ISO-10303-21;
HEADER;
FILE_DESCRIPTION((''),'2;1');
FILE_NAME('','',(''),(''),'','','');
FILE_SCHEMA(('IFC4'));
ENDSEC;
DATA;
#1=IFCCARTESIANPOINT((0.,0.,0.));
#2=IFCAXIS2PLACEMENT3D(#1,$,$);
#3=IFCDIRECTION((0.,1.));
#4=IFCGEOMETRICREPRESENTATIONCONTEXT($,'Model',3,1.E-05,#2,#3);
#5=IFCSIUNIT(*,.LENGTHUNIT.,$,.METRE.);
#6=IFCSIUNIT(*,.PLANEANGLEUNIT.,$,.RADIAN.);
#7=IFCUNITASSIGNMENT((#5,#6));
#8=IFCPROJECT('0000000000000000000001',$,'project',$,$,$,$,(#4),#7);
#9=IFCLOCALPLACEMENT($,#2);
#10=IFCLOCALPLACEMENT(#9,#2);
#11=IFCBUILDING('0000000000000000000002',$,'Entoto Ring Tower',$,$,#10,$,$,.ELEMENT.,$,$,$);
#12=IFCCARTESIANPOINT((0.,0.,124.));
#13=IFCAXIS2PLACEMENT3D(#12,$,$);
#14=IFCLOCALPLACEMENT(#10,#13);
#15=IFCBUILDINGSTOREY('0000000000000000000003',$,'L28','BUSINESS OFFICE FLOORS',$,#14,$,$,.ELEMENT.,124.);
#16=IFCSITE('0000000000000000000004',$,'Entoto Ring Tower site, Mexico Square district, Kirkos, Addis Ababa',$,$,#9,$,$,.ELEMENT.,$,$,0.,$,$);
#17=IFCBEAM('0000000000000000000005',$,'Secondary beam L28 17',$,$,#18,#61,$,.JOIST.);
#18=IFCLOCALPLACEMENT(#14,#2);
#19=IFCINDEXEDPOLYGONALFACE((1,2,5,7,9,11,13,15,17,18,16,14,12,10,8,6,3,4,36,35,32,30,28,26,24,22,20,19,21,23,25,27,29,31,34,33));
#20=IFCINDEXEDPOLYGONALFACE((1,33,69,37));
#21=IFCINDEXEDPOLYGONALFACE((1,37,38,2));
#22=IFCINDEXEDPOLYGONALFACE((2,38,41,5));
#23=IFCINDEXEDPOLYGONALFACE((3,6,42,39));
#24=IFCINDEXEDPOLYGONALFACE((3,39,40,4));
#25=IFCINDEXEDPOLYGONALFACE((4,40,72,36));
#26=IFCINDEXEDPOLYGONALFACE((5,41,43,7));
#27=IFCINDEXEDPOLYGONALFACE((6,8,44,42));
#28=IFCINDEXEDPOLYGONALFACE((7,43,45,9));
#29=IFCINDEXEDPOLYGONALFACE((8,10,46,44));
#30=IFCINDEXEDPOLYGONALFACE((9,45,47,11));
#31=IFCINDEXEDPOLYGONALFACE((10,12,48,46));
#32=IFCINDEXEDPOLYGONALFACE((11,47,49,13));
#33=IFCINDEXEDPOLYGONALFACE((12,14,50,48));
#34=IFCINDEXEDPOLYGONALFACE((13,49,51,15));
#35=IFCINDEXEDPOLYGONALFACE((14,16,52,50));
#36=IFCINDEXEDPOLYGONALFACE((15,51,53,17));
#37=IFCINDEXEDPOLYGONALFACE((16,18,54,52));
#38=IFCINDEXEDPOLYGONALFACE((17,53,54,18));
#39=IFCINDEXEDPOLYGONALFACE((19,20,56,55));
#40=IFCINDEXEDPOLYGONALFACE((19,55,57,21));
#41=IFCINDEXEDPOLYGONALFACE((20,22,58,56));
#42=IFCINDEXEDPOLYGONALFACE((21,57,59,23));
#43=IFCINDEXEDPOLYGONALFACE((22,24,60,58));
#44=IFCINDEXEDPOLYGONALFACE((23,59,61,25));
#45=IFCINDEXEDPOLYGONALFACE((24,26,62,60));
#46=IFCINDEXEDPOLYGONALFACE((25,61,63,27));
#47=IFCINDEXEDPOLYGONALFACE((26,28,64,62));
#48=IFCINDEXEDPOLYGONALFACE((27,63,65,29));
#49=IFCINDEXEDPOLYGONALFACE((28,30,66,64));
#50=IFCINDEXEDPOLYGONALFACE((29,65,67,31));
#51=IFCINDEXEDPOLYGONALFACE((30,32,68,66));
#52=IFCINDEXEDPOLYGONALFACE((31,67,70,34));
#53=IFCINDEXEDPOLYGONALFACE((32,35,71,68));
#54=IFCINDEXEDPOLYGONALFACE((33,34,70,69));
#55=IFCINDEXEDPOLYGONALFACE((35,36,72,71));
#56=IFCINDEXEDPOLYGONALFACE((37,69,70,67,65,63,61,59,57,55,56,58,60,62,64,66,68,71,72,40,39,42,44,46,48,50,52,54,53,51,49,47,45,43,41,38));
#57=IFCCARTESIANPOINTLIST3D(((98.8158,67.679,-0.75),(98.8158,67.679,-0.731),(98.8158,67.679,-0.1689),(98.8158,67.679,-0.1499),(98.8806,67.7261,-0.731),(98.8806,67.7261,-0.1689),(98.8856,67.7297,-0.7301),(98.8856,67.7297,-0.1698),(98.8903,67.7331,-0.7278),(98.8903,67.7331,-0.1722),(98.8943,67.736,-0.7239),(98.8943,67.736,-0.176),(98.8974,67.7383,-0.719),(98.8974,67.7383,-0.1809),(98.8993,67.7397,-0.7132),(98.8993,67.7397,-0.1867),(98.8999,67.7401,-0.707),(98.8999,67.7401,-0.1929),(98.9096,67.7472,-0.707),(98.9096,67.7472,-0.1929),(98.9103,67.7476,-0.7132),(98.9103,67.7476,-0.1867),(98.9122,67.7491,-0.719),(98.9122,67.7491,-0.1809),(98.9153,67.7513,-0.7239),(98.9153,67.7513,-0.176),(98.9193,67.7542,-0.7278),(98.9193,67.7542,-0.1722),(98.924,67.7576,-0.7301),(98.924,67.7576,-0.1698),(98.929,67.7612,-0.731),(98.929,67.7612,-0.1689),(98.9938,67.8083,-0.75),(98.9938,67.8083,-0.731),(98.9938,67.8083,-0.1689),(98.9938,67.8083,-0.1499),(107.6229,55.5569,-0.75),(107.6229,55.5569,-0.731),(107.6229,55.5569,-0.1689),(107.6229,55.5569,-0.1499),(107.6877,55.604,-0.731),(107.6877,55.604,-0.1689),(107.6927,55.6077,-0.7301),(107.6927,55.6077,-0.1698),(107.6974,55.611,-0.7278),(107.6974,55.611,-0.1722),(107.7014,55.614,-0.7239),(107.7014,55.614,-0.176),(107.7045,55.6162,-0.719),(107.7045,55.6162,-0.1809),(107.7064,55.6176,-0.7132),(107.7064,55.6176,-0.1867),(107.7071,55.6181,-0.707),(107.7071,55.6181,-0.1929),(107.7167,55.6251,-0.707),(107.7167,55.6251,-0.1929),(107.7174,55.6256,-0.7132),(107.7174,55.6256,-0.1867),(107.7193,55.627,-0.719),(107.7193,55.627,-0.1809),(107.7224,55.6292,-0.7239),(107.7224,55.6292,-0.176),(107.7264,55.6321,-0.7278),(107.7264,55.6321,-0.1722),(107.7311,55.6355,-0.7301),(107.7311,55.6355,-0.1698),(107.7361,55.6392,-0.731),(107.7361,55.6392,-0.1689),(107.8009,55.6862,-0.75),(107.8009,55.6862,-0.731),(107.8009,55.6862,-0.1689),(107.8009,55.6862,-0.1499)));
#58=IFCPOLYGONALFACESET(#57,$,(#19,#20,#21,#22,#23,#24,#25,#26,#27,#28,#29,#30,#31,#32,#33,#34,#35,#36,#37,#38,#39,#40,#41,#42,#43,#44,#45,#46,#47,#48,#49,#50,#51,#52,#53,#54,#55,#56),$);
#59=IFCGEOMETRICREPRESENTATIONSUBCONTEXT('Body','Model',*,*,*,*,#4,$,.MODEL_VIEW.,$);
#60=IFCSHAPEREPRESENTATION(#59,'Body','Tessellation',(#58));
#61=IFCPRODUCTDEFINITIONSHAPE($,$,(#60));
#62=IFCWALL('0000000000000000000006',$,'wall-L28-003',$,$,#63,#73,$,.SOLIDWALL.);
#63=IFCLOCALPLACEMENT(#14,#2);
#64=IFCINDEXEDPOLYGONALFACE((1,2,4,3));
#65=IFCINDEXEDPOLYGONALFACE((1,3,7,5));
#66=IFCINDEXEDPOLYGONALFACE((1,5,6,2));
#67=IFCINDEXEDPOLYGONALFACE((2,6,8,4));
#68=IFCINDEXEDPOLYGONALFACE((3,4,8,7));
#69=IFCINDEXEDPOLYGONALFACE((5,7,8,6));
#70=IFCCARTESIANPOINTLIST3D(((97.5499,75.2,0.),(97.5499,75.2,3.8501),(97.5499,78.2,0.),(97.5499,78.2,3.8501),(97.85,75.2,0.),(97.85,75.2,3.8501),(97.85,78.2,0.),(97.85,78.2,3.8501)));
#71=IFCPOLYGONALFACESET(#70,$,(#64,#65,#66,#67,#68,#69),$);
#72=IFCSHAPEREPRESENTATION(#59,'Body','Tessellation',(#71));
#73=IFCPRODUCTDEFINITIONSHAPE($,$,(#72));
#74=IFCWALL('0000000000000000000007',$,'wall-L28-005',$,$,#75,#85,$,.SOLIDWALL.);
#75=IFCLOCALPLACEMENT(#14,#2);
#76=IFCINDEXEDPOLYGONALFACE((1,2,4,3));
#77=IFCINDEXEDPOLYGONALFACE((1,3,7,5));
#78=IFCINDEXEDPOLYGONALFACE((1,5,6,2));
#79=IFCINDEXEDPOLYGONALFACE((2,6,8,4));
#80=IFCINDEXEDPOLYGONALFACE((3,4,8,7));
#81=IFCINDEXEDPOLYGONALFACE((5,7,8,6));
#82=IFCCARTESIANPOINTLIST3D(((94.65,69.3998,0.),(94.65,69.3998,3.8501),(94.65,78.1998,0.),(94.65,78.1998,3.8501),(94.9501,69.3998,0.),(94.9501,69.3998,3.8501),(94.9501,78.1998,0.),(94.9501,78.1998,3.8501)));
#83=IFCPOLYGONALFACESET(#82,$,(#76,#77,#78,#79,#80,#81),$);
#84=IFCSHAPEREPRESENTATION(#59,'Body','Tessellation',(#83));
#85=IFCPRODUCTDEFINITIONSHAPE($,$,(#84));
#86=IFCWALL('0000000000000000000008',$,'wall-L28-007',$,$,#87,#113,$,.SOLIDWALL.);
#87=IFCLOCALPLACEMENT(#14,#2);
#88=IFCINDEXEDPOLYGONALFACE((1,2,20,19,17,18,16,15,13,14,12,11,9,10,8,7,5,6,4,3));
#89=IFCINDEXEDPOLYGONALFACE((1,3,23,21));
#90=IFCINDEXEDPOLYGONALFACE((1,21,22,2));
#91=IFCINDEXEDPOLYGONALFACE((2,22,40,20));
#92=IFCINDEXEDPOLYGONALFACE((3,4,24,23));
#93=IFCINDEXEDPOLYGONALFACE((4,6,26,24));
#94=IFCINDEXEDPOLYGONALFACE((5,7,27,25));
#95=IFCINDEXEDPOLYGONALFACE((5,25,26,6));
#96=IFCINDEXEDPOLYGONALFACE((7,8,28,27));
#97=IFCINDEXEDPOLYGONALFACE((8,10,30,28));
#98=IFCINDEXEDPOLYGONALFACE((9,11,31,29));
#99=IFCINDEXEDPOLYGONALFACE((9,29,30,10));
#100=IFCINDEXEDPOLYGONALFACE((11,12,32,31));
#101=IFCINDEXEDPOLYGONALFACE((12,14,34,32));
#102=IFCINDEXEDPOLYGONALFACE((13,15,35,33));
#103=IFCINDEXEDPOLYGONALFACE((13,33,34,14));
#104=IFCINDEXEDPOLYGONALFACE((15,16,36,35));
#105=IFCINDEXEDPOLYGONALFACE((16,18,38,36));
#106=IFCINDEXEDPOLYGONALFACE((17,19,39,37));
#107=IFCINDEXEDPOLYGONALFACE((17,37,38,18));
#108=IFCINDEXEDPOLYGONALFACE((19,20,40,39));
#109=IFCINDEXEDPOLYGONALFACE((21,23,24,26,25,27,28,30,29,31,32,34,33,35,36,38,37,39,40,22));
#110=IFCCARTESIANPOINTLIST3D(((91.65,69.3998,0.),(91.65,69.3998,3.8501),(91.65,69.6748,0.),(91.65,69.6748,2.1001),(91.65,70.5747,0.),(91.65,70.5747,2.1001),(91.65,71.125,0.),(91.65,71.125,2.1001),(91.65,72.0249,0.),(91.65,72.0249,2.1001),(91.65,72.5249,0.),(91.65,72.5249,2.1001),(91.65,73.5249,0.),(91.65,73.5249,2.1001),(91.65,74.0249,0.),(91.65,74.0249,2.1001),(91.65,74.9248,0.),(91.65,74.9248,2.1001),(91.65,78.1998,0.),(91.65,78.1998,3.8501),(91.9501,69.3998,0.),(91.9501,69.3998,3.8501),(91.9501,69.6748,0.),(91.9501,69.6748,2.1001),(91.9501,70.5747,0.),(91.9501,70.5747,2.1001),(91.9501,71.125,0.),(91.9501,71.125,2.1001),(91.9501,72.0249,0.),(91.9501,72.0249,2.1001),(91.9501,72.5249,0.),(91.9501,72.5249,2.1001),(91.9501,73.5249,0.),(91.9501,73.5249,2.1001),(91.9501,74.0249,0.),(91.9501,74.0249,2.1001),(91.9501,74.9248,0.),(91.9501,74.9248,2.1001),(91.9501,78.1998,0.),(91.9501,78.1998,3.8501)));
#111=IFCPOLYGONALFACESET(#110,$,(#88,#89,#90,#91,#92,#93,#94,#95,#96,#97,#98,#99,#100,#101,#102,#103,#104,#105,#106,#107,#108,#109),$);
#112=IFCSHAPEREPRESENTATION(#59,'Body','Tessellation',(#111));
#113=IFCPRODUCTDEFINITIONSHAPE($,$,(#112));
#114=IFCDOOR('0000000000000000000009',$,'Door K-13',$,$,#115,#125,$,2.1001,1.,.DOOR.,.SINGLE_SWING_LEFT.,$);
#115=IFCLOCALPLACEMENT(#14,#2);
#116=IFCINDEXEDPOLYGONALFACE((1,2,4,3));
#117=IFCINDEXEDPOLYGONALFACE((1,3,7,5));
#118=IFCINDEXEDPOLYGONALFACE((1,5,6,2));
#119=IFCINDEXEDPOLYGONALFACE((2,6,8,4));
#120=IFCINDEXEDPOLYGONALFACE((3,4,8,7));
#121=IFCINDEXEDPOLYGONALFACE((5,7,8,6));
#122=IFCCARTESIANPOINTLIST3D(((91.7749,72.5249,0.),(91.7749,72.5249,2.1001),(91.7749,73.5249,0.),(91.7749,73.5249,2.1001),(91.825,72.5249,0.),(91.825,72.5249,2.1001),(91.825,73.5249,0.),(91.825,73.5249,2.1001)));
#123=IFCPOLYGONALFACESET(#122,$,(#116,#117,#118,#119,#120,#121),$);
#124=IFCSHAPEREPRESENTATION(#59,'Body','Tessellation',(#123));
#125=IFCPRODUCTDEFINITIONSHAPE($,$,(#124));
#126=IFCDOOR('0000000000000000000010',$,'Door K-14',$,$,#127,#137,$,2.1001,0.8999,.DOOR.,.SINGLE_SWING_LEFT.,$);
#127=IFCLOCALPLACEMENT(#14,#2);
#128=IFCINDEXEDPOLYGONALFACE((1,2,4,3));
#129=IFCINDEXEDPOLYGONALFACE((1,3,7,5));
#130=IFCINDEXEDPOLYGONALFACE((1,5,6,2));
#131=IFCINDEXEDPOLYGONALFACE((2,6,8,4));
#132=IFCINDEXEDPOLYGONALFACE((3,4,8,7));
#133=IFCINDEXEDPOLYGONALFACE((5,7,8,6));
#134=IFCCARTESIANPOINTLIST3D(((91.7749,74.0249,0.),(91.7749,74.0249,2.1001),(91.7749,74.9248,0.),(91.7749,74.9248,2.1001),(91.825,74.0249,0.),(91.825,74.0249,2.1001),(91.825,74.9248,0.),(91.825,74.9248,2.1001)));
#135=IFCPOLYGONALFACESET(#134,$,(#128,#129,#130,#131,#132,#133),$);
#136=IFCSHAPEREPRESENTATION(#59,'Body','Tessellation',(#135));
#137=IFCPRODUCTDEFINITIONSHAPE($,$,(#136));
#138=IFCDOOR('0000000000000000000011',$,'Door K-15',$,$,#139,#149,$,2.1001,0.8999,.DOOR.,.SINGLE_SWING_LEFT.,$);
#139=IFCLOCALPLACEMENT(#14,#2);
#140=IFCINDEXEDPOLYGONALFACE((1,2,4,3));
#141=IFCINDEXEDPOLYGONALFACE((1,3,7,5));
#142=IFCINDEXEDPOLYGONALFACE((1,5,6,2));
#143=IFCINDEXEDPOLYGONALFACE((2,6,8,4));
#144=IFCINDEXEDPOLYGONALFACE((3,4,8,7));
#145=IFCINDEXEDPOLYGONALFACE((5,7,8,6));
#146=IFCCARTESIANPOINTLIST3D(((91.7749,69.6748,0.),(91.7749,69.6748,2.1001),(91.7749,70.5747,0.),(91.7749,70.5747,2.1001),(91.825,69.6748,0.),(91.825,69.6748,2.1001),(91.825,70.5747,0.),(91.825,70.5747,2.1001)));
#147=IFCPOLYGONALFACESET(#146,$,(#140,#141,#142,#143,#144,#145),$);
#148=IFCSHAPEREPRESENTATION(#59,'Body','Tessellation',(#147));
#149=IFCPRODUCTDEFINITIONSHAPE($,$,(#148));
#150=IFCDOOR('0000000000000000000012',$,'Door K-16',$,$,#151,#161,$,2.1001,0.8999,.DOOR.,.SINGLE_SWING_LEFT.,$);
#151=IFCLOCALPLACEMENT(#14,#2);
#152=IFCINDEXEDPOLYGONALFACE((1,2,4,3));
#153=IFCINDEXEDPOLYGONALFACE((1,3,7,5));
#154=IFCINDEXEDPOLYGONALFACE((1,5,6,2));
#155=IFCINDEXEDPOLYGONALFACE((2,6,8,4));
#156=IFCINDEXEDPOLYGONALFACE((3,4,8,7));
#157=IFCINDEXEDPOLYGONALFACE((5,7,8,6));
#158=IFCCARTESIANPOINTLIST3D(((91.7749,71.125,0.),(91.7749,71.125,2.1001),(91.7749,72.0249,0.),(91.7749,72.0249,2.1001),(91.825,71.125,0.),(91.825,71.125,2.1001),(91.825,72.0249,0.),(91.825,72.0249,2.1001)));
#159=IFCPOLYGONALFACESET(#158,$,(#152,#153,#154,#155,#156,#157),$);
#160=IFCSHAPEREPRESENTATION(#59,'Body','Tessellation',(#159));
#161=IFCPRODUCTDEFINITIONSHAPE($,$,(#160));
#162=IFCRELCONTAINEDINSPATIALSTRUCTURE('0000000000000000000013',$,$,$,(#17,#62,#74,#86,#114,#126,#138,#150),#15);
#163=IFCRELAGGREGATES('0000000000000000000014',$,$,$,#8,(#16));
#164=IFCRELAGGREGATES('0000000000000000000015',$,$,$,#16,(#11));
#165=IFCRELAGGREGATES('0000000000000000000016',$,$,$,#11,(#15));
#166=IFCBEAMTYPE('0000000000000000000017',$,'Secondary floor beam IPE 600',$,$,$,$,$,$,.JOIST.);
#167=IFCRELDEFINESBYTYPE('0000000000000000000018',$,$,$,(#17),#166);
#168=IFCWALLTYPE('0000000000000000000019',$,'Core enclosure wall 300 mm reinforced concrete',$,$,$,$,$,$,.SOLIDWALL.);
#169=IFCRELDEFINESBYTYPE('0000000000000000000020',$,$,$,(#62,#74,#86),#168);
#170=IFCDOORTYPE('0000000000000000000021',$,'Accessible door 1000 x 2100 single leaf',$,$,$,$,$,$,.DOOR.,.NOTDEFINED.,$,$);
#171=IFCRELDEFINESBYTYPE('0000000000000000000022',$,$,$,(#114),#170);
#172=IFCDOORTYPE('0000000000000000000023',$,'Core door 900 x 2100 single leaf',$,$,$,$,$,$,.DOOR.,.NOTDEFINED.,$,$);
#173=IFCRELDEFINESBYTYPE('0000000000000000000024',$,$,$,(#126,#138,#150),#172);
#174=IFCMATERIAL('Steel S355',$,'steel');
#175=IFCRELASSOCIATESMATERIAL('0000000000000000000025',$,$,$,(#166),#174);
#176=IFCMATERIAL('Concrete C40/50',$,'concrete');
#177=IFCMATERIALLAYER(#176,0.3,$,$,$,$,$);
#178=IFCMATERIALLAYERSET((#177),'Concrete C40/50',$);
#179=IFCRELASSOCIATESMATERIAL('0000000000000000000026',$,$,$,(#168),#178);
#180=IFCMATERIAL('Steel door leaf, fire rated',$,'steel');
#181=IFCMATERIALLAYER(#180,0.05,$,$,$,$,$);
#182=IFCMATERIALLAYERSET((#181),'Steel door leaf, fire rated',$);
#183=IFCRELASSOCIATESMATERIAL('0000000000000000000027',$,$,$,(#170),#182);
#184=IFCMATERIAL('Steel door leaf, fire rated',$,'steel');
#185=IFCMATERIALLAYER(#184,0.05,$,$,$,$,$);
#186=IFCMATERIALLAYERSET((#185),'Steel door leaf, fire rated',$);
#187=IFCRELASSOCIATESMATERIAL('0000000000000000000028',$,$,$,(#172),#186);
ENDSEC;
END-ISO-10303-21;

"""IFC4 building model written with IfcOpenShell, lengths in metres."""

from ifc_helpers import new_model, si_unit, direction, frame, frame_2d, origin, origin_2d, place, context, subcontext, project, spatial, rectangle, i_section, extrude, material, layer, layer_set, material_profile, profile_set, type_object, element, fill, save


model = new_model("IFC4")

# Units and contexts
model_context = context("Model", 3, precision=1e-05, world=origin(), true_north=direction((0.0, 1.0)))
body_context = subcontext(model_context, "Body", "Model", "MODEL_VIEW")
ifc_project = project(units=[si_unit("LENGTHUNIT", "METRE"), si_unit("PLANEANGLEUNIT", "RADIAN")], contexts=[model_context])

# Site, building, storey
site_placement = place(None, origin())
site = spatial("IfcSite", under=ifc_project, at=site_placement, Name="Entoto Ring Tower site, Mexico Square district, Kirkos, Addis Ababa", CompositionType="ELEMENT", RefElevation=0.0)
building_placement = place(site_placement, origin())
building = spatial("IfcBuilding", under=site, at=building_placement, Name="Entoto Ring Tower", CompositionType="ELEMENT")
storey_placement = place(building_placement, frame((0.0, 0.0, 124.0)))
storey = spatial("IfcBuildingStorey", under=building, at=storey_placement, Name="L28", Description="BUSINESS OFFICE FLOORS", CompositionType="ELEMENT", Elevation=124.0)

# Beam
ifc_material_1 = material(Name="Steel S355", Category="steel")
ifc_material_profile = material_profile(ifc_material_1, i_section(OverallWidth=0.22, OverallDepth=0.6001, WebThickness=0.012, FlangeThickness=0.019, FilletRadius=0.0239, at=origin_2d()), Name="IPE 600")
ifc_profile_set = profile_set([ifc_material_profile], Name="Steel S355")
beam_type = type_object("IfcBeamType", Name="Secondary floor beam IPE 600", PredefinedType="JOIST", material=ifc_profile_set)
beam_placement = place(storey_placement, frame((98.9048, 67.7437, -0.45), z_axis=(0.587782, -0.809019, 0.0), x_axis=(0.809019, 0.587782, 0.0)))
element("IfcBeam", 1, at=beam_placement, inside=storey, type_object=beam_type, Name="Secondary beam L28 17", PredefinedType="JOIST", context=body_context, shape_type="SweptSolid", body=[
    extrude(i_section(OverallWidth=0.22, OverallDepth=0.6001, WebThickness=0.012, FlangeThickness=0.019, FilletRadius=0.0239, at=origin_2d()), origin(), (0.0, 0.0, 1.0), 14.9836),
])

# Walls
ifc_material_2 = material(Name="Concrete C40/50", Category="concrete")
ifc_layer_1 = layer(ifc_material_2, 0.3)
ifc_layer_set_1 = layer_set([ifc_layer_1], Name="Concrete C40/50")
wall_type = type_object("IfcWallType", Name="Core enclosure wall 300 mm reinforced concrete", PredefinedType="SOLIDWALL", material=ifc_layer_set_1)
wall_1_placement = place(storey_placement, frame((97.7, 75.2, 0.0), z_axis=(0.0, 0.0, 1.0), x_axis=(0.0, 1.0, 0.0)))
element("IfcWall", 2, at=wall_1_placement, inside=storey, type_object=wall_type, Name="wall-L28-003", PredefinedType="SOLIDWALL", context=body_context, shape_type="SweptSolid", body=[
    extrude(rectangle(XDim=3.0, YDim=0.3, at=frame_2d((1.5, 0.0))), origin(), (0.0, 0.0, 1.0), 3.8501),
])
wall_2_placement = place(storey_placement, frame((94.8, 69.3999, 0.0), z_axis=(0.0, 0.0, 1.0), x_axis=(0.0, 1.0, 0.0)))
element("IfcWall", 3, at=wall_2_placement, inside=storey, type_object=wall_type, Name="wall-L28-005", PredefinedType="SOLIDWALL", context=body_context, shape_type="SweptSolid", body=[
    extrude(rectangle(XDim=8.8, YDim=0.3, at=frame_2d((4.3999, 0.0))), origin(), (0.0, 0.0, 1.0), 3.8501),
])

# Wall, openings, doors
wall_3_placement = place(storey_placement, frame((91.8, 69.3999, 0.0), z_axis=(0.0, 0.0, 1.0), x_axis=(0.0, 1.0, 0.0)))
wall_3 = element("IfcWall", 4, at=wall_3_placement, inside=storey, type_object=wall_type, Name="wall-L28-007", PredefinedType="SOLIDWALL", context=body_context, shape_type="SweptSolid", body=[
    extrude(rectangle(XDim=8.8, YDim=0.3, at=frame_2d((4.3999, 0.0))), origin(), (0.0, 0.0, 1.0), 3.8501),
])
opening_1_placement = place(wall_3_placement, frame((3.125, 0.0, 0.0)))
opening_1 = element("IfcOpeningElement", 5, at=opening_1_placement, cuts=wall_3, PredefinedType="OPENING", context=body_context, shape_type="SweptSolid", body=[
    extrude(rectangle(XDim=1.0, YDim=2.1001, at=frame_2d((0.5, 1.05))), frame((0.0, 0.1602, 0.0), z_axis=(0.0, -1.0, 0.0), x_axis=(1.0, 0.0, 0.0)), (0.0, 0.0, 1.0), 0.3201),
])
opening_2_placement = place(wall_3_placement, frame((4.625, 0.0, 0.0)))
opening_2 = element("IfcOpeningElement", 6, at=opening_2_placement, cuts=wall_3, PredefinedType="OPENING", context=body_context, shape_type="SweptSolid", body=[
    extrude(rectangle(XDim=0.8999, YDim=2.1001, at=frame_2d((0.45, 1.05))), frame((0.0, 0.1602, 0.0), z_axis=(0.0, -1.0, 0.0), x_axis=(1.0, 0.0, 0.0)), (0.0, 0.0, 1.0), 0.3201),
])
opening_3_placement = place(wall_3_placement, frame((0.2749, 0.0, 0.0)))
opening_3 = element("IfcOpeningElement", 7, at=opening_3_placement, cuts=wall_3, PredefinedType="OPENING", context=body_context, shape_type="SweptSolid", body=[
    extrude(rectangle(XDim=0.8999, YDim=2.1001, at=frame_2d((0.45, 1.05))), frame((0.0, 0.1602, 0.0), z_axis=(0.0, -1.0, 0.0), x_axis=(1.0, 0.0, 0.0)), (0.0, 0.0, 1.0), 0.3201),
])
opening_4_placement = place(wall_3_placement, frame((1.7251, 0.0, 0.0)))
opening_4 = element("IfcOpeningElement", 8, at=opening_4_placement, cuts=wall_3, PredefinedType="OPENING", context=body_context, shape_type="SweptSolid", body=[
    extrude(rectangle(XDim=0.8999, YDim=2.1001, at=frame_2d((0.45, 1.05))), frame((0.0, 0.1602, 0.0), z_axis=(0.0, -1.0, 0.0), x_axis=(1.0, 0.0, 0.0)), (0.0, 0.0, 1.0), 0.3201),
])
ifc_material_3 = material(Name="Steel door leaf, fire rated", Category="steel")
ifc_layer_2 = layer(ifc_material_3, 0.05)
ifc_layer_set_2 = layer_set([ifc_layer_2], Name="Steel door leaf, fire rated")
door_type_1 = type_object("IfcDoorType", Name="Accessible door 1000 x 2100 single leaf", OperationType="NOTDEFINED", PredefinedType="DOOR", material=ifc_layer_set_2)
door_1_placement = place(opening_1_placement, frame((1.0, 0.0, 0.0), z_axis=(0.0, 0.0, 1.0), x_axis=(-1.0, 0.0, 0.0)))
door_1 = element("IfcDoor", 9, at=door_1_placement, inside=storey, type_object=door_type_1, Name="Door K-13", OperationType="SINGLE_SWING_LEFT", OverallHeight=2.1001, OverallWidth=1.0, PredefinedType="DOOR", context=body_context, shape_type="SweptSolid", body=[
    extrude(rectangle(XDim=1.0, YDim=2.1001, at=frame_2d((0.5, 1.05))), frame((0.0, 0.0249, 0.0), z_axis=(0.0, -1.0, 0.0), x_axis=(1.0, 0.0, 0.0)), (0.0, 0.0, 1.0), 0.05),
])
fill(opening_1, door_1)
ifc_material_4 = material(Name="Steel door leaf, fire rated", Category="steel")
ifc_layer_3 = layer(ifc_material_4, 0.05)
ifc_layer_set_3 = layer_set([ifc_layer_3], Name="Steel door leaf, fire rated")
door_type_2 = type_object("IfcDoorType", Name="Core door 900 x 2100 single leaf", OperationType="NOTDEFINED", PredefinedType="DOOR", material=ifc_layer_set_3)
door_2_placement = place(opening_2_placement, frame((0.8999, 0.0, 0.0), z_axis=(0.0, 0.0, 1.0), x_axis=(-1.0, 0.0, 0.0)))
door_2 = element("IfcDoor", 10, at=door_2_placement, inside=storey, type_object=door_type_2, Name="Door K-14", OperationType="SINGLE_SWING_LEFT", OverallHeight=2.1001, OverallWidth=0.8999, PredefinedType="DOOR", context=body_context, shape_type="SweptSolid", body=[
    extrude(rectangle(XDim=0.8999, YDim=2.1001, at=frame_2d((0.45, 1.05))), frame((0.0, 0.0249, 0.0), z_axis=(0.0, -1.0, 0.0), x_axis=(1.0, 0.0, 0.0)), (0.0, 0.0, 1.0), 0.05),
])
fill(opening_2, door_2)
door_3_placement = place(opening_3_placement, frame((0.8999, 0.0, 0.0), z_axis=(0.0, 0.0, 1.0), x_axis=(-1.0, 0.0, 0.0)))
door_3 = element("IfcDoor", 11, at=door_3_placement, inside=storey, type_object=door_type_2, Name="Door K-15", OperationType="SINGLE_SWING_LEFT", OverallHeight=2.1001, OverallWidth=0.8999, PredefinedType="DOOR", context=body_context, shape_type="SweptSolid", body=[
    extrude(rectangle(XDim=0.8999, YDim=2.1001, at=frame_2d((0.45, 1.05))), frame((0.0, 0.0249, 0.0), z_axis=(0.0, -1.0, 0.0), x_axis=(1.0, 0.0, 0.0)), (0.0, 0.0, 1.0), 0.05),
])
fill(opening_3, door_3)
door_4_placement = place(opening_4_placement, frame((0.8999, 0.0, 0.0), z_axis=(0.0, 0.0, 1.0), x_axis=(-1.0, 0.0, 0.0)))
door_4 = element("IfcDoor", 12, at=door_4_placement, inside=storey, type_object=door_type_2, Name="Door K-16", OperationType="SINGLE_SWING_LEFT", OverallHeight=2.1001, OverallWidth=0.8999, PredefinedType="DOOR", context=body_context, shape_type="SweptSolid", body=[
    extrude(rectangle(XDim=0.8999, YDim=2.1001, at=frame_2d((0.45, 1.05))), frame((0.0, 0.0249, 0.0), z_axis=(0.0, -1.0, 0.0), x_axis=(1.0, 0.0, 0.0)), (0.0, 0.0, 1.0), 0.05),
])
fill(opening_4, door_4)

save(model, "model.ifc")
